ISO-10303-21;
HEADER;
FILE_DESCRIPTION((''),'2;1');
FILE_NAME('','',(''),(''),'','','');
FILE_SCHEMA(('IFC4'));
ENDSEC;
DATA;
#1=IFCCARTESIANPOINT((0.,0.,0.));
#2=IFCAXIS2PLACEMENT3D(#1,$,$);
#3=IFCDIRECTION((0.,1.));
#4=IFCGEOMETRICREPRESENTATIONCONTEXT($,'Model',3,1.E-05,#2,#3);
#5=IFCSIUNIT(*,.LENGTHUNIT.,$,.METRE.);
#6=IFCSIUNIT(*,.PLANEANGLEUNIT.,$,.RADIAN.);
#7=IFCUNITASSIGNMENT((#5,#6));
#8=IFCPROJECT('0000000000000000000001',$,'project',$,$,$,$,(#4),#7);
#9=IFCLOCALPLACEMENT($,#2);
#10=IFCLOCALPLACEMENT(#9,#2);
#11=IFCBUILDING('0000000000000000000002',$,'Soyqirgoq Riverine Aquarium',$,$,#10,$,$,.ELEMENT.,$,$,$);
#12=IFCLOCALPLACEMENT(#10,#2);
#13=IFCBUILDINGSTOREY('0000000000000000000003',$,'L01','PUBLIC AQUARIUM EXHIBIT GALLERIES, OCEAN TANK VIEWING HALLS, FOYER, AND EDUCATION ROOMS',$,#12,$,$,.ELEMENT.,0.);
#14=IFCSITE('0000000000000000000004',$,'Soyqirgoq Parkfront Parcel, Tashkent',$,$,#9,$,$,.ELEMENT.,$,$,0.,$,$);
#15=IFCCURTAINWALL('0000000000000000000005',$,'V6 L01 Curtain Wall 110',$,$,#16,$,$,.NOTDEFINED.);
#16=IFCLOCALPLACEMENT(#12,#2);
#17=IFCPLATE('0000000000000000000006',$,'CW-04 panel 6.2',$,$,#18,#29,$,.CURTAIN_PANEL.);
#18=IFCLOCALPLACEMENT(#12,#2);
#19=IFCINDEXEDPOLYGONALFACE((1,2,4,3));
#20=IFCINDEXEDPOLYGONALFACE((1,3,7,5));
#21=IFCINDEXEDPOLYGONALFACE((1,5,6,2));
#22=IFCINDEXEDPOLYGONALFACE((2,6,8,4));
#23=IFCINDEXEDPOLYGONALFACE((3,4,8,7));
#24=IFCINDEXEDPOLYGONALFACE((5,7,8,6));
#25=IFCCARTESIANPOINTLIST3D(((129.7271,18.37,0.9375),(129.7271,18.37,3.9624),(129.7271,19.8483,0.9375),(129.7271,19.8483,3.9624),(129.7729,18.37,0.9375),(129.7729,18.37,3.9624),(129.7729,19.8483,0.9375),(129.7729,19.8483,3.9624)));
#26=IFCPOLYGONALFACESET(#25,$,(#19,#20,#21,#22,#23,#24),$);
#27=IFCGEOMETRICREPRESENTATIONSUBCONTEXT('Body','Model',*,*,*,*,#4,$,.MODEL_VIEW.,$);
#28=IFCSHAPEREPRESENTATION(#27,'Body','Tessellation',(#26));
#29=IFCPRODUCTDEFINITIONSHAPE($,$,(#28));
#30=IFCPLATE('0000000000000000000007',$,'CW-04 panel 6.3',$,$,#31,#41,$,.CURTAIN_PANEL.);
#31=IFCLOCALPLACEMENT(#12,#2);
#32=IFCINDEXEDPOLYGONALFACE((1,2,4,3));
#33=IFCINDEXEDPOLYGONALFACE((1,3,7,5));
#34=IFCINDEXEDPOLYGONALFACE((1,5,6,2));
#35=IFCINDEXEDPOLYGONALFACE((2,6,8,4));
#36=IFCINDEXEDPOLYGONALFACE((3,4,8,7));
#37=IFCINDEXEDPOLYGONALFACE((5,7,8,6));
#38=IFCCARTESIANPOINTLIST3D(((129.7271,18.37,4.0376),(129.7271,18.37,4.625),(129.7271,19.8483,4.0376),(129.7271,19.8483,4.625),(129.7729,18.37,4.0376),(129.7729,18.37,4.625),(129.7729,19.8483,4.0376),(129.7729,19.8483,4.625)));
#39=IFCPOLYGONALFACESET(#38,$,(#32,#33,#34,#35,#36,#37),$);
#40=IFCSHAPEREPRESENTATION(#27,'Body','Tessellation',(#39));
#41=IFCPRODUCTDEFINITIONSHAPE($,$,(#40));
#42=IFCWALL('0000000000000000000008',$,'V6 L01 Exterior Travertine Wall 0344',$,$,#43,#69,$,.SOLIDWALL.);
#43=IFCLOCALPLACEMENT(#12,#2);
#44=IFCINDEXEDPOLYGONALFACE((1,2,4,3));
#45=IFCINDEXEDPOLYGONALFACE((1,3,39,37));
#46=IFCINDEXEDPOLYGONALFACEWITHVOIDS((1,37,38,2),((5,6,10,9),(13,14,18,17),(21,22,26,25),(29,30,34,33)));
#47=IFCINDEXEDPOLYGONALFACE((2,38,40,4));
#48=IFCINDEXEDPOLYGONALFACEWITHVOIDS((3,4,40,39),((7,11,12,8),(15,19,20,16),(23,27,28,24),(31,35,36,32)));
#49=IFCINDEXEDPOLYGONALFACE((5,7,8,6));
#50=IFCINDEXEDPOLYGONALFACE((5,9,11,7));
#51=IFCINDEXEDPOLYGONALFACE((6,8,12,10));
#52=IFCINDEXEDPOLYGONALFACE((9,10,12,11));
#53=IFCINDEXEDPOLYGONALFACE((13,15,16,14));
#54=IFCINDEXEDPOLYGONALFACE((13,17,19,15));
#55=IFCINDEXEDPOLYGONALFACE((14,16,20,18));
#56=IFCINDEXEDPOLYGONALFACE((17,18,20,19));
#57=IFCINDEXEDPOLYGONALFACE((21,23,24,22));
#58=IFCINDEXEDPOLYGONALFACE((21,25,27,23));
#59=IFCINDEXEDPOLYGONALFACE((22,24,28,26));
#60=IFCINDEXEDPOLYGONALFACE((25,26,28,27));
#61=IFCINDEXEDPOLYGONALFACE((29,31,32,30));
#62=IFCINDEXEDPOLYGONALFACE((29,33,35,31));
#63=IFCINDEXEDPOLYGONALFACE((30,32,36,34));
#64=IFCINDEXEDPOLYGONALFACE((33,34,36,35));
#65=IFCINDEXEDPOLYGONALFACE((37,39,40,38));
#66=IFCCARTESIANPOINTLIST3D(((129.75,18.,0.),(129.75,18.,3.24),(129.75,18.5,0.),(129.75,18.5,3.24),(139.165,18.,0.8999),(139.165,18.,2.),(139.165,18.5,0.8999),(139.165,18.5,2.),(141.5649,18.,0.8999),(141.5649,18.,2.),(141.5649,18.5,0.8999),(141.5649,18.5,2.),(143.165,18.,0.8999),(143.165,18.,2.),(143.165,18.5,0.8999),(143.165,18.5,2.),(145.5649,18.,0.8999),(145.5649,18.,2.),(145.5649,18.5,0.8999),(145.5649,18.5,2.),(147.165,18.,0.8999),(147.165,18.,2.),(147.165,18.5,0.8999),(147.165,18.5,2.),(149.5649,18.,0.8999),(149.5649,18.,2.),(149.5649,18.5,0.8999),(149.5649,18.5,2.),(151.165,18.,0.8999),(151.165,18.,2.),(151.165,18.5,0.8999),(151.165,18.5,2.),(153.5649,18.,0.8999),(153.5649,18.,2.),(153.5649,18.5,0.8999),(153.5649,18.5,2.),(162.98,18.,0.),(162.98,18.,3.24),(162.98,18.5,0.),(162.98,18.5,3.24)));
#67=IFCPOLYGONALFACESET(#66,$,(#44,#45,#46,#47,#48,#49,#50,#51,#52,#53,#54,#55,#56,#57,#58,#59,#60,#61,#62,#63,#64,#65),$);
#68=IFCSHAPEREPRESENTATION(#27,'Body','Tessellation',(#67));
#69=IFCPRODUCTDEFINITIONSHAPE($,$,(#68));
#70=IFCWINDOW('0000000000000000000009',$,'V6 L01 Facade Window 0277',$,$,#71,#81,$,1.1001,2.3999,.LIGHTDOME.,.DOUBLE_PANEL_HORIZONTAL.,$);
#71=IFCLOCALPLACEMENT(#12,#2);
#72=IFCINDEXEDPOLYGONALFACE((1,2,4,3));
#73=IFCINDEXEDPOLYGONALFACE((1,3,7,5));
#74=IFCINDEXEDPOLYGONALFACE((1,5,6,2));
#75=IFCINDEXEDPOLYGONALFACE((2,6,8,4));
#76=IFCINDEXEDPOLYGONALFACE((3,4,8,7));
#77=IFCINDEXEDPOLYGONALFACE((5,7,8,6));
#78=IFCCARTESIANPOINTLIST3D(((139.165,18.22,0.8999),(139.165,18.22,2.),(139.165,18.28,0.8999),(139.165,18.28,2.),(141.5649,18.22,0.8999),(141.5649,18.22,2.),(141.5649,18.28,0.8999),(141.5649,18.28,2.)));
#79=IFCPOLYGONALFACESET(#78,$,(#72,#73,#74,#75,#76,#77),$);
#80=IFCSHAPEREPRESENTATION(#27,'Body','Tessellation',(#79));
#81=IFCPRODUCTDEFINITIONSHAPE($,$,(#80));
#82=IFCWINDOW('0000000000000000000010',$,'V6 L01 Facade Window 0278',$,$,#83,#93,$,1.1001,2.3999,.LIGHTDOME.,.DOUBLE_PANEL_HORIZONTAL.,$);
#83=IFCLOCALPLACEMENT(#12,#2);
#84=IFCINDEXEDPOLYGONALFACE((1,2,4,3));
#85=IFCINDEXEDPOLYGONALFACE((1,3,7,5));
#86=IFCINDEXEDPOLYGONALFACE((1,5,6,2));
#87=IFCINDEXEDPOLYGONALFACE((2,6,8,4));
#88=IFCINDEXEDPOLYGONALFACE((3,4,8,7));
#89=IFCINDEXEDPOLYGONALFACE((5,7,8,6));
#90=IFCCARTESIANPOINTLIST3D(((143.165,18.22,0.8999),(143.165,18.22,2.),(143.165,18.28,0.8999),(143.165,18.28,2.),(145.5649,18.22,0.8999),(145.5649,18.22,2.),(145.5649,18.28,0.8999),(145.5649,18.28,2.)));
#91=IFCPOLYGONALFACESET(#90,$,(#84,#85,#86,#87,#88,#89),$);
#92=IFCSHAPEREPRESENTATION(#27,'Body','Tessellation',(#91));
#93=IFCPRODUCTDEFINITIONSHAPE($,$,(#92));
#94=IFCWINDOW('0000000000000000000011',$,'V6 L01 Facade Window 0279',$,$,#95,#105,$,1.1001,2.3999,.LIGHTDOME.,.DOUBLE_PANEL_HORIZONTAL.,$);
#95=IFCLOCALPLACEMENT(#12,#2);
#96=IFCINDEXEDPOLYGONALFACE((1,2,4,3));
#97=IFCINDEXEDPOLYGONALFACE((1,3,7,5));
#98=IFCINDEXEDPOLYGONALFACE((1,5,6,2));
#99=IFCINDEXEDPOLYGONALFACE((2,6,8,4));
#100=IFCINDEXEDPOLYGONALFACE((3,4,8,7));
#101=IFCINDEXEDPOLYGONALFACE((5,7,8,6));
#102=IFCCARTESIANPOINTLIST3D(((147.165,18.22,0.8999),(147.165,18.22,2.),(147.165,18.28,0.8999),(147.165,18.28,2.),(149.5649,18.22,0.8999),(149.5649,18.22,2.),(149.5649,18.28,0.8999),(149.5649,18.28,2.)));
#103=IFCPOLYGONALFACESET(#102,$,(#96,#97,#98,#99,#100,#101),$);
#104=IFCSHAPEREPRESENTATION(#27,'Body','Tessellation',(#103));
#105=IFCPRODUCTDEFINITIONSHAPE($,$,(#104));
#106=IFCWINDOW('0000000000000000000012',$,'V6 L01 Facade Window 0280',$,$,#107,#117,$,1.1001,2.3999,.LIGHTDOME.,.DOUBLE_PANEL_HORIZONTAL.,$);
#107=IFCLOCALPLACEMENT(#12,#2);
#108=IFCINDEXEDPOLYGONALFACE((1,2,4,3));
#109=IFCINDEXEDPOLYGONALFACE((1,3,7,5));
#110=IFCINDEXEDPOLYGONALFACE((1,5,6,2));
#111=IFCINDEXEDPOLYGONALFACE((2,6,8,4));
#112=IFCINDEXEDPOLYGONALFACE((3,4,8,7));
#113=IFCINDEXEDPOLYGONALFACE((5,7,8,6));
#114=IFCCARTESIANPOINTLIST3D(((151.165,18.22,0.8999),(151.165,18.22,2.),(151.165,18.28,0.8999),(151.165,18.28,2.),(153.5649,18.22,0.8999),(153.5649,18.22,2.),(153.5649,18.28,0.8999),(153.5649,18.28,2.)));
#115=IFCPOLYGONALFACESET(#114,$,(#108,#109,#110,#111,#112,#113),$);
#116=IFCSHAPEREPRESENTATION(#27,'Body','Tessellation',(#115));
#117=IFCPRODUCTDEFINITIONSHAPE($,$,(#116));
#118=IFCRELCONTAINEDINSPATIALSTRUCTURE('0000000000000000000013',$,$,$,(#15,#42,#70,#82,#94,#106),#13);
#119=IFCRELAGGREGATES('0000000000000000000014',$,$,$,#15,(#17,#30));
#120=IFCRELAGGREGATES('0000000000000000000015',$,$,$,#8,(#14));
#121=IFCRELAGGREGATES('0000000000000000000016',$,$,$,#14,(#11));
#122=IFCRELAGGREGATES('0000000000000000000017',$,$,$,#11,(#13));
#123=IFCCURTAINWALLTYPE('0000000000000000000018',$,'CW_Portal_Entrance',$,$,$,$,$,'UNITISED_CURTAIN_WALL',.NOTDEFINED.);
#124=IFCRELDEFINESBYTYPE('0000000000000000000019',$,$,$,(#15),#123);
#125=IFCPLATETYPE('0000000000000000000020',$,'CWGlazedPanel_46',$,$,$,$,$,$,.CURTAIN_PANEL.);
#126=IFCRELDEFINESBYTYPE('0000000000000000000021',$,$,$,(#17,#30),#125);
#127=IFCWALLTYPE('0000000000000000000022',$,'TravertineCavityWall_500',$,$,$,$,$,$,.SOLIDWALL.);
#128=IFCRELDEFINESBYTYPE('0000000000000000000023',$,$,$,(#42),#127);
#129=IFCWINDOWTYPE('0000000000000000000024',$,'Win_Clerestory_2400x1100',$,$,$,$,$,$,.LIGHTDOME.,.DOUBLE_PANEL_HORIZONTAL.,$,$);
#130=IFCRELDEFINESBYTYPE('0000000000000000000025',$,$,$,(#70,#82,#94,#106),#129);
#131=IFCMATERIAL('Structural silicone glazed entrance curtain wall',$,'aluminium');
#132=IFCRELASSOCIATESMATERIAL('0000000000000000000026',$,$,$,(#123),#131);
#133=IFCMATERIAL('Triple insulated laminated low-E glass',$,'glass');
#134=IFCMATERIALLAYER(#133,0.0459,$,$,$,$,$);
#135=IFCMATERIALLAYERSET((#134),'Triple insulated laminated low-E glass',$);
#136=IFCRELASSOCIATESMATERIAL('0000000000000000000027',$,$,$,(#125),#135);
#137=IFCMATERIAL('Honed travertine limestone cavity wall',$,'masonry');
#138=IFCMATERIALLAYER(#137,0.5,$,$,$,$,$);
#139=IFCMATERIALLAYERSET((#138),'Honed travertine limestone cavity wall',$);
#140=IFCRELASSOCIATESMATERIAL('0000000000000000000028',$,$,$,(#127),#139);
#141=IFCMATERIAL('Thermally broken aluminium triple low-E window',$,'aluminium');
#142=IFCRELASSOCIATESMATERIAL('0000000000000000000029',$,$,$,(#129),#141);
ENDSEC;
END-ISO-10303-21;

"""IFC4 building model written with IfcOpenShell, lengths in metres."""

from ifc_helpers import new_model, si_unit, direction, frame, frame_2d, origin, origin_2d, place, context, subcontext, project, spatial, rectangle, extrude, material, layer, layer_set, type_object, element, fill, aggregate, save


model = new_model("IFC4")

# Units and contexts
model_context = context("Model", 3, precision=1e-05, world=origin(), true_north=direction((0.0, 1.0)))
body_context = subcontext(model_context, "Body", "Model", "MODEL_VIEW")
ifc_project = project(units=[si_unit("LENGTHUNIT", "METRE"), si_unit("PLANEANGLEUNIT", "RADIAN")], contexts=[model_context])

# Site, building, storey
site_placement = place(None, origin())
site = spatial("IfcSite", under=ifc_project, at=site_placement, Name="Soyqirgoq Parkfront Parcel, Tashkent", CompositionType="ELEMENT", RefElevation=0.0)
building_placement = place(site_placement, origin())
building = spatial("IfcBuilding", under=site, at=building_placement, Name="Soyqirgoq Riverine Aquarium", CompositionType="ELEMENT")
storey_placement = place(building_placement, origin())
storey = spatial("IfcBuildingStorey", under=building, at=storey_placement, Name="L01", Description="PUBLIC AQUARIUM EXHIBIT GALLERIES, OCEAN TANK VIEWING HALLS, FOYER, AND EDUCATION ROOMS", CompositionType="ELEMENT", Elevation=0.0)

# Curtain wall, plates
ifc_material_1 = material(Name="Structural silicone glazed entrance curtain wall", Category="aluminium")
curtain_wall_type = type_object("IfcCurtainWallType", Name="CW_Portal_Entrance", ElementType="UNITISED_CURTAIN_WALL", PredefinedType="NOTDEFINED", material=ifc_material_1)
curtain_wall_placement = place(storey_placement, origin())
curtain_wall = element("IfcCurtainWall", 1, at=curtain_wall_placement, inside=storey, type_object=curtain_wall_type, Name="V6 L01 Curtain Wall 110", PredefinedType="NOTDEFINED")
ifc_material_2 = material(Name="Triple insulated laminated low-E glass", Category="glass")
ifc_layer_1 = layer(ifc_material_2, 0.0459)
ifc_layer_set_1 = layer_set([ifc_layer_1], Name="Triple insulated laminated low-E glass")
plate_type = type_object("IfcPlateType", Name="CWGlazedPanel_46", PredefinedType="CURTAIN_PANEL", material=ifc_layer_set_1)
plate_1_placement = place(storey_placement, frame((129.75, 19.1091, 0.9375), z_axis=(0.0, 0.0, 1.0), x_axis=(0.0, -1.0, 0.0)))
plate_1 = element("IfcPlate", 2, at=plate_1_placement, type_object=plate_type, Name="CW-04 panel 6.2", PredefinedType="CURTAIN_PANEL", context=body_context, shape_type="SweptSolid", body=[
    extrude(rectangle(XDim=1.4783, YDim=0.0459, at=origin_2d()), origin(), (0.0, 0.0, 1.0), 3.0249),
])
plate_2_placement = place(storey_placement, frame((129.75, 19.1091, 4.0376), z_axis=(0.0, 0.0, 1.0), x_axis=(0.0, -1.0, 0.0)))
plate_2 = element("IfcPlate", 3, at=plate_2_placement, type_object=plate_type, Name="CW-04 panel 6.3", PredefinedType="CURTAIN_PANEL", context=body_context, shape_type="SweptSolid", body=[
    extrude(rectangle(XDim=1.4783, YDim=0.0459, at=origin_2d()), origin(), (0.0, 0.0, 1.0), 0.5874),
])
aggregate(curtain_wall, [plate_1, plate_2])

# Wall, openings, windows
ifc_material_3 = material(Name="Honed travertine limestone cavity wall", Category="masonry")
ifc_layer_2 = layer(ifc_material_3, 0.5)
ifc_layer_set_2 = layer_set([ifc_layer_2], Name="Honed travertine limestone cavity wall")
wall_type = type_object("IfcWallType", Name="TravertineCavityWall_500", PredefinedType="SOLIDWALL", material=ifc_layer_set_2)
wall_placement = place(storey_placement, frame((129.75, 18.25, 0.0), z_axis=(0.0, 0.0, 1.0), x_axis=(1.0, 0.0, 0.0)))
wall = element("IfcWall", 4, at=wall_placement, inside=storey, type_object=wall_type, Name="V6 L01 Exterior Travertine Wall 0344", PredefinedType="SOLIDWALL", context=body_context, shape_type="SweptSolid", body=[
    extrude(rectangle(XDim=33.23, YDim=0.5, at=frame_2d((16.615, 0.0))), origin(), (0.0, 0.0, 1.0), 3.24),
])
opening_1_placement = place(wall_placement, frame((9.415, 0.0, 0.8999)))
opening_1 = element("IfcOpeningElement", 5, at=opening_1_placement, cuts=wall, PredefinedType="OPENING", context=body_context, shape_type="SweptSolid", body=[
    extrude(rectangle(XDim=2.3999, YDim=1.1001, at=frame_2d((1.2, 0.55))), frame((0.0, 0.26, 0.0), z_axis=(0.0, -1.0, 0.0), x_axis=(1.0, 0.0, 0.0)), (0.0, 0.0, 1.0), 0.52),
])
opening_2_placement = place(wall_placement, frame((13.415, 0.0, 0.8999)))
opening_2 = element("IfcOpeningElement", 6, at=opening_2_placement, cuts=wall, PredefinedType="OPENING", context=body_context, shape_type="SweptSolid", body=[
    extrude(rectangle(XDim=2.3999, YDim=1.1001, at=frame_2d((1.2, 0.55))), frame((0.0, 0.26, 0.0), z_axis=(0.0, -1.0, 0.0), x_axis=(1.0, 0.0, 0.0)), (0.0, 0.0, 1.0), 0.52),
])
opening_3_placement = place(wall_placement, frame((17.415, 0.0, 0.8999)))
opening_3 = element("IfcOpeningElement", 7, at=opening_3_placement, cuts=wall, PredefinedType="OPENING", context=body_context, shape_type="SweptSolid", body=[
    extrude(rectangle(XDim=2.3999, YDim=1.1001, at=frame_2d((1.2, 0.55))), frame((0.0, 0.26, 0.0), z_axis=(0.0, -1.0, 0.0), x_axis=(1.0, 0.0, 0.0)), (0.0, 0.0, 1.0), 0.52),
])
opening_4_placement = place(wall_placement, frame((21.415, 0.0, 0.8999)))
opening_4 = element("IfcOpeningElement", 8, at=opening_4_placement, cuts=wall, PredefinedType="OPENING", context=body_context, shape_type="SweptSolid", body=[
    extrude(rectangle(XDim=2.3999, YDim=1.1001, at=frame_2d((1.2, 0.55))), frame((0.0, 0.26, 0.0), z_axis=(0.0, -1.0, 0.0), x_axis=(1.0, 0.0, 0.0)), (0.0, 0.0, 1.0), 0.52),
])
ifc_material_4 = material(Name="Thermally broken aluminium triple low-E window", Category="aluminium")
window_type = type_object("IfcWindowType", Name="Win_Clerestory_2400x1100", PartitioningType="DOUBLE_PANEL_HORIZONTAL", PredefinedType="LIGHTDOME", material=ifc_material_4)
window_1_placement = place(opening_1_placement, origin())
window_1 = element("IfcWindow", 9, at=window_1_placement, inside=storey, type_object=window_type, Name="V6 L01 Facade Window 0277", OverallHeight=1.1001, OverallWidth=2.3999, PartitioningType="DOUBLE_PANEL_HORIZONTAL", PredefinedType="LIGHTDOME", context=body_context, shape_type="SweptSolid", body=[
    extrude(rectangle(XDim=2.3999, YDim=1.1001, at=frame_2d((1.2, 0.55))), frame((0.0, 0.03, 0.0), z_axis=(0.0, -1.0, 0.0), x_axis=(1.0, 0.0, 0.0)), (0.0, 0.0, 1.0), 0.0601),
])
fill(opening_1, window_1)
window_2_placement = place(opening_2_placement, origin())
window_2 = element("IfcWindow", 10, at=window_2_placement, inside=storey, type_object=window_type, Name="V6 L01 Facade Window 0278", OverallHeight=1.1001, OverallWidth=2.3999, PartitioningType="DOUBLE_PANEL_HORIZONTAL", PredefinedType="LIGHTDOME", context=body_context, shape_type="SweptSolid", body=[
    extrude(rectangle(XDim=2.3999, YDim=1.1001, at=frame_2d((1.2, 0.55))), frame((0.0, 0.03, 0.0), z_axis=(0.0, -1.0, 0.0), x_axis=(1.0, 0.0, 0.0)), (0.0, 0.0, 1.0), 0.0601),
])
fill(opening_2, window_2)
window_3_placement = place(opening_3_placement, origin())
window_3 = element("IfcWindow", 11, at=window_3_placement, inside=storey, type_object=window_type, Name="V6 L01 Facade Window 0279", OverallHeight=1.1001, OverallWidth=2.3999, PartitioningType="DOUBLE_PANEL_HORIZONTAL", PredefinedType="LIGHTDOME", context=body_context, shape_type="SweptSolid", body=[
    extrude(rectangle(XDim=2.3999, YDim=1.1001, at=frame_2d((1.2, 0.55))), frame((0.0, 0.03, 0.0), z_axis=(0.0, -1.0, 0.0), x_axis=(1.0, 0.0, 0.0)), (0.0, 0.0, 1.0), 0.0601),
])
fill(opening_3, window_3)
window_4_placement = place(opening_4_placement, origin())
window_4 = element("IfcWindow", 12, at=window_4_placement, inside=storey, type_object=window_type, Name="V6 L01 Facade Window 0280", OverallHeight=1.1001, OverallWidth=2.3999, PartitioningType="DOUBLE_PANEL_HORIZONTAL", PredefinedType="LIGHTDOME", context=body_context, shape_type="SweptSolid", body=[
    extrude(rectangle(XDim=2.3999, YDim=1.1001, at=frame_2d((1.2, 0.55))), frame((0.0, 0.03, 0.0), z_axis=(0.0, -1.0, 0.0), x_axis=(1.0, 0.0, 0.0)), (0.0, 0.0, 1.0), 0.0601),
])
fill(opening_4, window_4)

save(model, "model.ifc")
